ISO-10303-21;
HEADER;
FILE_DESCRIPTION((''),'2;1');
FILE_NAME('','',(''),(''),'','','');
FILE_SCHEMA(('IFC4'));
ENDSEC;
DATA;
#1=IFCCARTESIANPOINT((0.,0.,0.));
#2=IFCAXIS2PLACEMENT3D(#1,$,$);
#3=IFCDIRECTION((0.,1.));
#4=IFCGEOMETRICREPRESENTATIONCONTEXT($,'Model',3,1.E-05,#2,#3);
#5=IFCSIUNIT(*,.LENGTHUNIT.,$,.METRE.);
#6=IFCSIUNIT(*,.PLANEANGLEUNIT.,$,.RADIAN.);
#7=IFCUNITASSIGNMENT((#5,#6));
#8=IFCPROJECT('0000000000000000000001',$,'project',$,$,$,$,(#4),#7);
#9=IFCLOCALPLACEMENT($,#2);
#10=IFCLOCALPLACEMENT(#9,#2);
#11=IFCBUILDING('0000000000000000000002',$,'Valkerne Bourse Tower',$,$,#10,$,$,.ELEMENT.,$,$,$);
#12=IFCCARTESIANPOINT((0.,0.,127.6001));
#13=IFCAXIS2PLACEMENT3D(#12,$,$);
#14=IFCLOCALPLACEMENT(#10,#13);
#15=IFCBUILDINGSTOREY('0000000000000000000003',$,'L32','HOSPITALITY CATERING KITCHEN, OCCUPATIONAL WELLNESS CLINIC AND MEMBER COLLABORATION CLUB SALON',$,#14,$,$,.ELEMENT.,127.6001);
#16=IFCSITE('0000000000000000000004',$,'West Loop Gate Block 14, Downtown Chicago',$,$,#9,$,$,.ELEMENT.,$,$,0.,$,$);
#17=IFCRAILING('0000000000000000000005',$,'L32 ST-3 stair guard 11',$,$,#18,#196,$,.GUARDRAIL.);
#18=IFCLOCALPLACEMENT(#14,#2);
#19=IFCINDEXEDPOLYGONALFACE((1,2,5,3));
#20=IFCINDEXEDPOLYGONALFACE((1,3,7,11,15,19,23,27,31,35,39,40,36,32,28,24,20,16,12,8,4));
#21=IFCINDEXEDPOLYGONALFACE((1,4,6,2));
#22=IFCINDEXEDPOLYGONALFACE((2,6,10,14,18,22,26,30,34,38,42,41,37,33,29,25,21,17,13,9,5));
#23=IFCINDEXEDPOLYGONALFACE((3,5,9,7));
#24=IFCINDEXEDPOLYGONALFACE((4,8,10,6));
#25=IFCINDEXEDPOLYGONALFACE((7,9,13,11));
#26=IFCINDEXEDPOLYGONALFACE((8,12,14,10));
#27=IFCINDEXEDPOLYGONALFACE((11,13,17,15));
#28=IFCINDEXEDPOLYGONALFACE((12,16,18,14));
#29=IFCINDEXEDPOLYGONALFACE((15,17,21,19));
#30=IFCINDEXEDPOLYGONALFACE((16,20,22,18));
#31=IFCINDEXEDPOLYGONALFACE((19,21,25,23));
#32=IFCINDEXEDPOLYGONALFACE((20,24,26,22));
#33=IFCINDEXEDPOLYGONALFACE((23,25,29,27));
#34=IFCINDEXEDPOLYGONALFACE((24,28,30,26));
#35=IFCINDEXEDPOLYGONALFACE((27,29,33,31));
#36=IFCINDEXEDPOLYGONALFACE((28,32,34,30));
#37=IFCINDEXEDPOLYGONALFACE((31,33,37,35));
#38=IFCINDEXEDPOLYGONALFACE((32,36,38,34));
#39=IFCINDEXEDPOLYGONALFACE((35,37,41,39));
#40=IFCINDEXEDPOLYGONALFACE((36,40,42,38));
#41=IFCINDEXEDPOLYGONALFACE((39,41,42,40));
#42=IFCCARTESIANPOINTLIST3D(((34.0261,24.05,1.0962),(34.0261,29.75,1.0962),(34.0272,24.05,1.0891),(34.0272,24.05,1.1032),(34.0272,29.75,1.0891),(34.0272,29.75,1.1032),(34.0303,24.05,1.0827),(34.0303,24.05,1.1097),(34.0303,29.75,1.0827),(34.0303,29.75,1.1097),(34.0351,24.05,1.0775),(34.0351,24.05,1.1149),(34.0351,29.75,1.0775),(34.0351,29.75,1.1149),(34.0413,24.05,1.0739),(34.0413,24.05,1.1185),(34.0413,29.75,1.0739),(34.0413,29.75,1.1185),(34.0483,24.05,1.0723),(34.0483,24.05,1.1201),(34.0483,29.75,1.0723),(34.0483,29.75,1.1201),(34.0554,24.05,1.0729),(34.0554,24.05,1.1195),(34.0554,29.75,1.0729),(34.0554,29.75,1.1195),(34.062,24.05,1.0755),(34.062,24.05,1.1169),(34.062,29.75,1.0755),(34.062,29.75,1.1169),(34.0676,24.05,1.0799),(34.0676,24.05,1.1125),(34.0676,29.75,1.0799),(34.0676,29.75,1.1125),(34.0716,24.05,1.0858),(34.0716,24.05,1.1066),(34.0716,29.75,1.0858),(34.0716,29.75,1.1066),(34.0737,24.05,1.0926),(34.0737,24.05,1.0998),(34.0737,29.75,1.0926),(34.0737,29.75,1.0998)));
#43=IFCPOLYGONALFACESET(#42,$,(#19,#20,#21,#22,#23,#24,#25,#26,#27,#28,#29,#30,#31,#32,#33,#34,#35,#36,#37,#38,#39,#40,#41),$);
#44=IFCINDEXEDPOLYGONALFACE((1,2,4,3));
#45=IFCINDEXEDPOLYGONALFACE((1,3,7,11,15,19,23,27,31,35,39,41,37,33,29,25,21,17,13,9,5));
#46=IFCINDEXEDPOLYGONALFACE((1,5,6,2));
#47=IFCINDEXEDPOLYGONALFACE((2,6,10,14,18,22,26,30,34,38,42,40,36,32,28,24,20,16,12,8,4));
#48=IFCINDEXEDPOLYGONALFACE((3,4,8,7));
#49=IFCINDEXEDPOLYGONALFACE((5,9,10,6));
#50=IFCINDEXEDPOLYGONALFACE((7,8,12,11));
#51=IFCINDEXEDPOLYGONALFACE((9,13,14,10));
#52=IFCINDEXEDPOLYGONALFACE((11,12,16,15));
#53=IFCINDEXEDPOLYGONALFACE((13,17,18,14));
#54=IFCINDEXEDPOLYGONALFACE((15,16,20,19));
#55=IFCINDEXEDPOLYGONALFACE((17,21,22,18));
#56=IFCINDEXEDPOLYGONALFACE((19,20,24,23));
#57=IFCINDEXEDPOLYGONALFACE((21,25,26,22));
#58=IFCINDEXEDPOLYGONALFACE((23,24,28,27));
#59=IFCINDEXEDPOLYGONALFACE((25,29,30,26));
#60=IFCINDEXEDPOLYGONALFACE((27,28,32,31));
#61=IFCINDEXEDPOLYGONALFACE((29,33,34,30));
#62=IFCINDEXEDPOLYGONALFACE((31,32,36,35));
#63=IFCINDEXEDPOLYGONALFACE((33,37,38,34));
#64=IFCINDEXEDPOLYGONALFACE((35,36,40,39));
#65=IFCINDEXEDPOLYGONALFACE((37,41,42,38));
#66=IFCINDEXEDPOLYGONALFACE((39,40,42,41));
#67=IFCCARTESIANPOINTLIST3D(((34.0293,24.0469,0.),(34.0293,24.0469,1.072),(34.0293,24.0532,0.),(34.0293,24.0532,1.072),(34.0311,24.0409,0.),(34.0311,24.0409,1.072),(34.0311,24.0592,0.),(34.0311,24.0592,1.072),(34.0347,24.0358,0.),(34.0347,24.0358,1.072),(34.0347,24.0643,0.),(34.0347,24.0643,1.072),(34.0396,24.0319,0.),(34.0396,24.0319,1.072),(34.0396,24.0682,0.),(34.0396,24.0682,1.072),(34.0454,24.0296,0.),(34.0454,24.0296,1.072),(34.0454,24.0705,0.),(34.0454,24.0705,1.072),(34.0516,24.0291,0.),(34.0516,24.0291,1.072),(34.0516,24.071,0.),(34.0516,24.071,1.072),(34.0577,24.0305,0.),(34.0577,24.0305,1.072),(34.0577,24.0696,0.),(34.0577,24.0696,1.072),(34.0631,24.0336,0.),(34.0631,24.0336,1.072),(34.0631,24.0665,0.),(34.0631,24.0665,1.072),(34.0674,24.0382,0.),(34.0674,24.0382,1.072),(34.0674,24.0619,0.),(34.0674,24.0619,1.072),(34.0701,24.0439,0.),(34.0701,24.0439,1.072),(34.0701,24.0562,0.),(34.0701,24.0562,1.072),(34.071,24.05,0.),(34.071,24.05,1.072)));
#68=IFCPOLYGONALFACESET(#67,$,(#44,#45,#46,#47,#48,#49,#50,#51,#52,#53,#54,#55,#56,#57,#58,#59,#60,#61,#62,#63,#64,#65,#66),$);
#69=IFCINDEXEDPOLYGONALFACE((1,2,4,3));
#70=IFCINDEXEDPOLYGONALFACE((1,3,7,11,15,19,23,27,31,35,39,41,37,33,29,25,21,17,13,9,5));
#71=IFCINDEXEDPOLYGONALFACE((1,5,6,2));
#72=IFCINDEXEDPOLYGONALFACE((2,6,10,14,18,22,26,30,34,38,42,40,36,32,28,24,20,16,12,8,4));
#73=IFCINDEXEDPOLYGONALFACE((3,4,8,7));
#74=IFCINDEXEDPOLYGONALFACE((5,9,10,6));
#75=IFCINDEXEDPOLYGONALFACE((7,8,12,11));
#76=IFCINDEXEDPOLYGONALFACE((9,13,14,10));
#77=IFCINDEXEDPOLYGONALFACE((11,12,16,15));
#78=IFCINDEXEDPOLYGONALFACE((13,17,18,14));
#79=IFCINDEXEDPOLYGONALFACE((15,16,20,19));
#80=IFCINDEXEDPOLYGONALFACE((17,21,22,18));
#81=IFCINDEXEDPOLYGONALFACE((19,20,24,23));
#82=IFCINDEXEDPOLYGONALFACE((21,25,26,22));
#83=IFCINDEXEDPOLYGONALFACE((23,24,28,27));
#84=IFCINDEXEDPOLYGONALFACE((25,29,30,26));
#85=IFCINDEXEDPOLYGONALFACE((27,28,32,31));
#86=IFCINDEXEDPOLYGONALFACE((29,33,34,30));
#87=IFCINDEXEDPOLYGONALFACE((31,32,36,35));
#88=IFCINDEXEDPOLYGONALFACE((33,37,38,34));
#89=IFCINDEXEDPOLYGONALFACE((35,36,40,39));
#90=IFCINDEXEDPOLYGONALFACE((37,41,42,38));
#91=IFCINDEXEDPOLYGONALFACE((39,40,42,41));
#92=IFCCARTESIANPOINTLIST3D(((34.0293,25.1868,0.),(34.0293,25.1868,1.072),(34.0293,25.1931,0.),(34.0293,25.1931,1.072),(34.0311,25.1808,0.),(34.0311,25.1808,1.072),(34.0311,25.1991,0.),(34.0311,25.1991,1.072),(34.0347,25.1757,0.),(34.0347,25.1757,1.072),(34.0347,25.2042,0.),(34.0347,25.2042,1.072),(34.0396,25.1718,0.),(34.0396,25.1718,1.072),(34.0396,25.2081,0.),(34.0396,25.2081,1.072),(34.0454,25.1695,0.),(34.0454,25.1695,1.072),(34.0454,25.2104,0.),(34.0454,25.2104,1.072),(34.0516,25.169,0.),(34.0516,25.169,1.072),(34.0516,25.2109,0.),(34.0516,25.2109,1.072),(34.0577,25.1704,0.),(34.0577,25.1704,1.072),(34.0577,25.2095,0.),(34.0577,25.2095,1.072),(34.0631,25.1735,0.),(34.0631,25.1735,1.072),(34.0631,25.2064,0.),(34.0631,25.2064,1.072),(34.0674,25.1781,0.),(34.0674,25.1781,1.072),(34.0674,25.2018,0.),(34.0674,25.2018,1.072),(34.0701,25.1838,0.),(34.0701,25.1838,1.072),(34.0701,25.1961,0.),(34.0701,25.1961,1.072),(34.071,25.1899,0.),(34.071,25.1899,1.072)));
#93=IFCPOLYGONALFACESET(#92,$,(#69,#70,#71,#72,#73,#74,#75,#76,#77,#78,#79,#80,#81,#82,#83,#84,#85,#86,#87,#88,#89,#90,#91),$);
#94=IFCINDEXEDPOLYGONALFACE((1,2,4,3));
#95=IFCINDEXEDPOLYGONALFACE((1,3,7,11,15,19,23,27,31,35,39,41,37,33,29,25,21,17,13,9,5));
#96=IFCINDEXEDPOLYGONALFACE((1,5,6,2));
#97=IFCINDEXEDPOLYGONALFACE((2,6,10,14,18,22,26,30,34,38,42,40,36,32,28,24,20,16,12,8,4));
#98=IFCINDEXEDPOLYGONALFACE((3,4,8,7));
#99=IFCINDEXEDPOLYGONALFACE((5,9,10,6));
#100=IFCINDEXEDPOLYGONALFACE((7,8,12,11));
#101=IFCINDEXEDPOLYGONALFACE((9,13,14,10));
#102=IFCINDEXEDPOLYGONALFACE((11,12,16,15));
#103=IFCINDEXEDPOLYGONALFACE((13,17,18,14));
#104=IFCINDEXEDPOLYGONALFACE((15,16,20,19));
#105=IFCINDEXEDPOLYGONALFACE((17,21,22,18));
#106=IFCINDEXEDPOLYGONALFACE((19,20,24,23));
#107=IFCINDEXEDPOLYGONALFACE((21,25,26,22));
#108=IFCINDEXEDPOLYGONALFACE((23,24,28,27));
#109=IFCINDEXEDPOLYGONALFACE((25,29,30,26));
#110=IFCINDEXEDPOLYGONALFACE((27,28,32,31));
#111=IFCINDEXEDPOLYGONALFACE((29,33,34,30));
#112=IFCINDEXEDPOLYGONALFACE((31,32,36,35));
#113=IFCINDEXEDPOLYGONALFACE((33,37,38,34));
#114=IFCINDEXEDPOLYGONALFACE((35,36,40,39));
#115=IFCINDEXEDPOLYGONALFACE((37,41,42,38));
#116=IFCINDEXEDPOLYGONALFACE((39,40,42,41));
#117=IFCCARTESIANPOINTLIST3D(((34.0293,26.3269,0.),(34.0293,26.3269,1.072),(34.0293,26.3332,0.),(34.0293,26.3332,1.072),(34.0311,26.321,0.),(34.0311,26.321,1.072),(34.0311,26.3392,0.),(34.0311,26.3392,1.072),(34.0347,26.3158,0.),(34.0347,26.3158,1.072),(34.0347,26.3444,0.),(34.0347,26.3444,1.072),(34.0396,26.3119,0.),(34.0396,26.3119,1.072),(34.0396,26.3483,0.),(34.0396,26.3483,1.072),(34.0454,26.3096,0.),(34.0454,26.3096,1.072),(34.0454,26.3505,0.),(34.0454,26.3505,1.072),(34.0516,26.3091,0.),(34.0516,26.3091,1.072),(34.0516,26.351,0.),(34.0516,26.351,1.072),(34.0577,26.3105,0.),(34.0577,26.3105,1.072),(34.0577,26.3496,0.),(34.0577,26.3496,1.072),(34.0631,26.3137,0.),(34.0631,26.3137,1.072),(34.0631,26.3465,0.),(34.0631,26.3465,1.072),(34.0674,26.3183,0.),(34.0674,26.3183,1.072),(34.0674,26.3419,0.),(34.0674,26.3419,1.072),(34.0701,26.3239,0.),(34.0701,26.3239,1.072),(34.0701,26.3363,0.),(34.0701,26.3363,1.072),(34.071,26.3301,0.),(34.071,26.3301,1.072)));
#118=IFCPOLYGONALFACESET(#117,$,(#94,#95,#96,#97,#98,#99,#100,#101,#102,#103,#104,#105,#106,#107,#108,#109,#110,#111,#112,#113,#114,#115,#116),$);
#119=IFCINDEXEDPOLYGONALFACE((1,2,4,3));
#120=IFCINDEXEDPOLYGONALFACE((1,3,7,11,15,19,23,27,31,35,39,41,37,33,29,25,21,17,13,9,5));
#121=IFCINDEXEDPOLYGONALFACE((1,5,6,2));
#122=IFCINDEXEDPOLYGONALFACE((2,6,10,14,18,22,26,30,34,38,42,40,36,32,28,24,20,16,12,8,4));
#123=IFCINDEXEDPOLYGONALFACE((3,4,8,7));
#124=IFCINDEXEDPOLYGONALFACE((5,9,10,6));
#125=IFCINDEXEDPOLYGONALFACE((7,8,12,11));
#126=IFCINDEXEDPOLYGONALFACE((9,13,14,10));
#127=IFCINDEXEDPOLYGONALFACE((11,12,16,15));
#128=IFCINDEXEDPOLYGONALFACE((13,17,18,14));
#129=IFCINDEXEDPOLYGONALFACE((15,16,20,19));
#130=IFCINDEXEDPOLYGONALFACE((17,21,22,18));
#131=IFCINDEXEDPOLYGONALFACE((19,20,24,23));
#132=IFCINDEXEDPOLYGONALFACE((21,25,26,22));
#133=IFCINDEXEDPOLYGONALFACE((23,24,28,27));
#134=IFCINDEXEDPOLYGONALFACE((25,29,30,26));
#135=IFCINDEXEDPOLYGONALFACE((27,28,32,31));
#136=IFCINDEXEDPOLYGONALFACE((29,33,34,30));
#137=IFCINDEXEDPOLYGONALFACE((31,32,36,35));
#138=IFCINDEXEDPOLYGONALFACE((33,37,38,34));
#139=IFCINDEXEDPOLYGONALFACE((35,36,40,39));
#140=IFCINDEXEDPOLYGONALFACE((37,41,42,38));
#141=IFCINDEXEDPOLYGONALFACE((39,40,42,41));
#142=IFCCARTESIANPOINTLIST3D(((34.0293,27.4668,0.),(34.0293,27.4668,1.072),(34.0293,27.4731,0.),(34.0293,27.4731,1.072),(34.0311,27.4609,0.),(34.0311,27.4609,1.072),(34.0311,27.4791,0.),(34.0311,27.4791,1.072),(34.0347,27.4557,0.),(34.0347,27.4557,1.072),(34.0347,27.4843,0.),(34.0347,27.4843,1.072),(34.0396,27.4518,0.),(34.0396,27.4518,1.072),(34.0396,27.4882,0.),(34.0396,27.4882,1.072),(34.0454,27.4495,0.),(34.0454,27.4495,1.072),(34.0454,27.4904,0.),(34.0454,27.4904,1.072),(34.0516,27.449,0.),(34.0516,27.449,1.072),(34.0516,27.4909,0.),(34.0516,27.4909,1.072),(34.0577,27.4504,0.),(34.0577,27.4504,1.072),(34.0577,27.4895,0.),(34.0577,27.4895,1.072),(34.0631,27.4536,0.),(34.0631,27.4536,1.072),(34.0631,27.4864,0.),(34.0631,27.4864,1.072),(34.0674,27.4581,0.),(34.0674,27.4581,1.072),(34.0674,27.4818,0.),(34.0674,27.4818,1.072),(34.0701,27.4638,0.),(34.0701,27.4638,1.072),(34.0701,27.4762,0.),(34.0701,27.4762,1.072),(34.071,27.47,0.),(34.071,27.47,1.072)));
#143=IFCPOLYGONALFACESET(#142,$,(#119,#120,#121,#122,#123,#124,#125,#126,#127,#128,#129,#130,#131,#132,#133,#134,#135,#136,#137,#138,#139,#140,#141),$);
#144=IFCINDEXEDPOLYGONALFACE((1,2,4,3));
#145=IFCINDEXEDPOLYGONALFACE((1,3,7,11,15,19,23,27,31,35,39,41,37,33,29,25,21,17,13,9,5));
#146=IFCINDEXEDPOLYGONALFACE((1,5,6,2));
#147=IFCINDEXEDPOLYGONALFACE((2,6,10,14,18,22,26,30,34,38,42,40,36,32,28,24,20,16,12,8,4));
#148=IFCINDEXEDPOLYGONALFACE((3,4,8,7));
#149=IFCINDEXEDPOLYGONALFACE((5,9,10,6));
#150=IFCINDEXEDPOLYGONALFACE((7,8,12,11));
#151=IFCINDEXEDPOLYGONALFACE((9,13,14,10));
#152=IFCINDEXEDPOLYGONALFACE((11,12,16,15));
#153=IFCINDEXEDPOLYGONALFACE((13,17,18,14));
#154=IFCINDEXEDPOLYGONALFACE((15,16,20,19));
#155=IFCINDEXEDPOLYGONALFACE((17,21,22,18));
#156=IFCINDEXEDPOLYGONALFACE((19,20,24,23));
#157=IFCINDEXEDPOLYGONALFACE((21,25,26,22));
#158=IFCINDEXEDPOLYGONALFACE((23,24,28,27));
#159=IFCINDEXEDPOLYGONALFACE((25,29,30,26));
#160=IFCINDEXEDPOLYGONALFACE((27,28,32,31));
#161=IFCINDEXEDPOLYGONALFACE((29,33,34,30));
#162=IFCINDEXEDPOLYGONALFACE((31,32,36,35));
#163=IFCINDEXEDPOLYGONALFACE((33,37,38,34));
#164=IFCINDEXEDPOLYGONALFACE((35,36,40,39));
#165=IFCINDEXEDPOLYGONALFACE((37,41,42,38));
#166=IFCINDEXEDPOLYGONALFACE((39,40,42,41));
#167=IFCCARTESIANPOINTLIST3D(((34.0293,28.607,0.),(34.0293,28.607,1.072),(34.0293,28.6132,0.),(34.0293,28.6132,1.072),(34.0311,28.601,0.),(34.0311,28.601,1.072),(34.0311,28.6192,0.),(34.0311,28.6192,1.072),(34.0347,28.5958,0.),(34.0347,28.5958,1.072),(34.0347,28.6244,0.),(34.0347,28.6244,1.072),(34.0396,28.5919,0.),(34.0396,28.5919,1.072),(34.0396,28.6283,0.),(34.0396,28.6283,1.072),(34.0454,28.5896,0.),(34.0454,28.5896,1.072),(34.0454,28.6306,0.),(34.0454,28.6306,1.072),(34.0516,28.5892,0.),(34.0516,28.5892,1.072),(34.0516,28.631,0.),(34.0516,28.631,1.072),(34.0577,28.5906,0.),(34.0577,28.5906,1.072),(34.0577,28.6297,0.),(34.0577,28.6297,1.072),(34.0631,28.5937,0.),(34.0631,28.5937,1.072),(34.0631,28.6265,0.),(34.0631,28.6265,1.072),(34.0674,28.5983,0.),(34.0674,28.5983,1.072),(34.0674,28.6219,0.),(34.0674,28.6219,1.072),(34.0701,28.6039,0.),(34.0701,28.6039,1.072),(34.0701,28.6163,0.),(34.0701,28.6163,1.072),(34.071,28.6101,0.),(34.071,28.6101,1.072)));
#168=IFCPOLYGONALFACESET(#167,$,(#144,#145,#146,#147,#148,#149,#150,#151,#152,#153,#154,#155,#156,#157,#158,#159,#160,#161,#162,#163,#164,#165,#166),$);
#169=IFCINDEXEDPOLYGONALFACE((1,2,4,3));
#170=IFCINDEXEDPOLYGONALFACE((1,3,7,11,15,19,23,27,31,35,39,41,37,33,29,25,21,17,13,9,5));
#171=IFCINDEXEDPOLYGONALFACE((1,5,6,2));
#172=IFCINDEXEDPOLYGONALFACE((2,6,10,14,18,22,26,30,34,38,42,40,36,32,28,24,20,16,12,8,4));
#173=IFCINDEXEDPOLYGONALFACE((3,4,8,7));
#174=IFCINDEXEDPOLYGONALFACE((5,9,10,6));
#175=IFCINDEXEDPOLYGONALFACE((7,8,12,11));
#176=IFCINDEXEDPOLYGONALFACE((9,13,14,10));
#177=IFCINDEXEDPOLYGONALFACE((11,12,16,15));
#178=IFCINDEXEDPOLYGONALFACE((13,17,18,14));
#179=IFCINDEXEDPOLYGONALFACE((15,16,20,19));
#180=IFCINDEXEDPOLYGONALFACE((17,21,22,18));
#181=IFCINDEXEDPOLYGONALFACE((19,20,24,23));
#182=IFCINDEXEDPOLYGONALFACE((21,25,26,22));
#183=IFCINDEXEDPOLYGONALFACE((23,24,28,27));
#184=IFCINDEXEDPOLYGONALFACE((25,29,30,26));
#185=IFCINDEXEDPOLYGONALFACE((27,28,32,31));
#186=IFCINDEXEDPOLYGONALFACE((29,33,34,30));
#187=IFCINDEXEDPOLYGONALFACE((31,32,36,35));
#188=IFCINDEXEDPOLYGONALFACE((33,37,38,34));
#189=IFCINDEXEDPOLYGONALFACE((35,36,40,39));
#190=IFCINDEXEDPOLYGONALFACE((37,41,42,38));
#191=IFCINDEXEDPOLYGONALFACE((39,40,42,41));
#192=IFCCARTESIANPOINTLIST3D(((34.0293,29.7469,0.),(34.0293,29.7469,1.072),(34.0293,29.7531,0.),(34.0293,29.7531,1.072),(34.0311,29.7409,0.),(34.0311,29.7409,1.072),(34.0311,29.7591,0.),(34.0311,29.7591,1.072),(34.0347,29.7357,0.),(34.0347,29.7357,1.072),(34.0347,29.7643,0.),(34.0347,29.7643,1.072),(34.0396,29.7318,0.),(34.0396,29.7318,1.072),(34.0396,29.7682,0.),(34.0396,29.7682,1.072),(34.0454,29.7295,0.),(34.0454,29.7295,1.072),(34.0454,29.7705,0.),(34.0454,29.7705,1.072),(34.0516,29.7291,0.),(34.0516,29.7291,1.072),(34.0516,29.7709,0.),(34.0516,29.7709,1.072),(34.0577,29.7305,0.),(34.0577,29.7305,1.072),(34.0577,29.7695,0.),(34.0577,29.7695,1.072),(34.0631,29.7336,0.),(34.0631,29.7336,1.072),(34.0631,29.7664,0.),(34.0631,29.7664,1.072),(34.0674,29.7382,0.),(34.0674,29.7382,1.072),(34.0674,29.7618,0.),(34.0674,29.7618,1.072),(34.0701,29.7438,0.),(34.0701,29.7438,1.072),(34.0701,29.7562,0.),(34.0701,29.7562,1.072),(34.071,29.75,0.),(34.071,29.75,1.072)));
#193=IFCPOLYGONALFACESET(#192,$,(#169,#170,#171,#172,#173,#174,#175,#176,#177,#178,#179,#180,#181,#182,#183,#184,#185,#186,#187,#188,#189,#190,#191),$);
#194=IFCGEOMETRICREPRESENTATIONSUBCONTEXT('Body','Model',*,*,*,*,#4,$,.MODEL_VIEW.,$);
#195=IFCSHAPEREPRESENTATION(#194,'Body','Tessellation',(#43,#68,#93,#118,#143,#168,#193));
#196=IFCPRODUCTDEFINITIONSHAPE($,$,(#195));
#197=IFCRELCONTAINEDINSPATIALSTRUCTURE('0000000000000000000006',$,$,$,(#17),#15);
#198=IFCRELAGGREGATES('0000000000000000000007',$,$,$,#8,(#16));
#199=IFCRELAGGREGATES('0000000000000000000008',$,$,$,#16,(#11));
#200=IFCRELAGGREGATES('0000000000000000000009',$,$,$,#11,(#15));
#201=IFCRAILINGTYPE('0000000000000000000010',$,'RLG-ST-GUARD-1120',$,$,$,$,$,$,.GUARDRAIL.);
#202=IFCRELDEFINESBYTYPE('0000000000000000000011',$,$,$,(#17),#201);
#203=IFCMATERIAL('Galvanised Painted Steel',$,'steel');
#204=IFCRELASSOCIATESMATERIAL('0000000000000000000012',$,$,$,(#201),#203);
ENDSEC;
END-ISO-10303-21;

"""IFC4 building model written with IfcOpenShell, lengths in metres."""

from ifc_helpers import new_model, si_unit, direction, frame, origin, origin_2d, place, context, subcontext, project, spatial, circle, extrude, material, type_object, element, save


model = new_model("IFC4")

# Units and contexts
model_context = context("Model", 3, precision=1e-05, world=origin(), true_north=direction((0.0, 1.0)))
body_context = subcontext(model_context, "Body", "Model", "MODEL_VIEW")
ifc_project = project(units=[si_unit("LENGTHUNIT", "METRE"), si_unit("PLANEANGLEUNIT", "RADIAN")], contexts=[model_context])

# Site, building, storey
site_placement = place(None, origin())
site = spatial("IfcSite", under=ifc_project, at=site_placement, Name="West Loop Gate Block 14, Downtown Chicago", CompositionType="ELEMENT", RefElevation=0.0)
building_placement = place(site_placement, origin())
building = spatial("IfcBuilding", under=site, at=building_placement, Name="Valkerne Bourse Tower", CompositionType="ELEMENT")
storey_placement = place(building_placement, frame((0.0, 0.0, 127.6001)))
storey = spatial("IfcBuildingStorey", under=building, at=storey_placement, Name="L32", Description="HOSPITALITY CATERING KITCHEN, OCCUPATIONAL WELLNESS CLINIC AND MEMBER COLLABORATION CLUB SALON", CompositionType="ELEMENT", Elevation=127.6001)

# Shared definitions
ifc_material_1 = material(Name="Galvanised Painted Steel", Category="steel")

# Railing
railing_type_1 = type_object("IfcRailingType", Name="RLG-ST-GUARD-1120", PredefinedType="GUARDRAIL", material=ifc_material_1)
for number, where, name in (
    (1, (34.05, 24.05, 0.0), "L32 ST-3 stair guard 11"),
):
    element("IfcRailing", number, at=place(storey_placement, frame(where)), inside=storey, type_object=railing_type_1, Name=name, PredefinedType="GUARDRAIL", context=body_context, shape_type="SweptSolid", body=[
        extrude(circle(Radius=0.0239, at=origin_2d()), frame((0.0, 0.0, 1.0962), z_axis=(0.0, 1.0, 0.0), x_axis=(-1.0, 0.0, 0.0)), (0.0, 0.0, 1.0), 5.7),
        extrude(circle(Radius=0.021, at=origin_2d()), origin(), (0.0, 0.0, 1.0), 1.072),
        extrude(circle(Radius=0.021, at=origin_2d()), frame((0.0, 1.1399, 0.0)), (0.0, 0.0, 1.0), 1.072),
        extrude(circle(Radius=0.021, at=origin_2d()), frame((0.0, 2.28, 0.0)), (0.0, 0.0, 1.0), 1.072),
        extrude(circle(Radius=0.021, at=origin_2d()), frame((0.0, 3.4199, 0.0)), (0.0, 0.0, 1.0), 1.072),
        extrude(circle(Radius=0.021, at=origin_2d()), frame((0.0, 4.5601, 0.0)), (0.0, 0.0, 1.0), 1.072),
        extrude(circle(Radius=0.021, at=origin_2d()), frame((0.0, 5.7, 0.0)), (0.0, 0.0, 1.0), 1.072),
    ])

save(model, "model.ifc")
